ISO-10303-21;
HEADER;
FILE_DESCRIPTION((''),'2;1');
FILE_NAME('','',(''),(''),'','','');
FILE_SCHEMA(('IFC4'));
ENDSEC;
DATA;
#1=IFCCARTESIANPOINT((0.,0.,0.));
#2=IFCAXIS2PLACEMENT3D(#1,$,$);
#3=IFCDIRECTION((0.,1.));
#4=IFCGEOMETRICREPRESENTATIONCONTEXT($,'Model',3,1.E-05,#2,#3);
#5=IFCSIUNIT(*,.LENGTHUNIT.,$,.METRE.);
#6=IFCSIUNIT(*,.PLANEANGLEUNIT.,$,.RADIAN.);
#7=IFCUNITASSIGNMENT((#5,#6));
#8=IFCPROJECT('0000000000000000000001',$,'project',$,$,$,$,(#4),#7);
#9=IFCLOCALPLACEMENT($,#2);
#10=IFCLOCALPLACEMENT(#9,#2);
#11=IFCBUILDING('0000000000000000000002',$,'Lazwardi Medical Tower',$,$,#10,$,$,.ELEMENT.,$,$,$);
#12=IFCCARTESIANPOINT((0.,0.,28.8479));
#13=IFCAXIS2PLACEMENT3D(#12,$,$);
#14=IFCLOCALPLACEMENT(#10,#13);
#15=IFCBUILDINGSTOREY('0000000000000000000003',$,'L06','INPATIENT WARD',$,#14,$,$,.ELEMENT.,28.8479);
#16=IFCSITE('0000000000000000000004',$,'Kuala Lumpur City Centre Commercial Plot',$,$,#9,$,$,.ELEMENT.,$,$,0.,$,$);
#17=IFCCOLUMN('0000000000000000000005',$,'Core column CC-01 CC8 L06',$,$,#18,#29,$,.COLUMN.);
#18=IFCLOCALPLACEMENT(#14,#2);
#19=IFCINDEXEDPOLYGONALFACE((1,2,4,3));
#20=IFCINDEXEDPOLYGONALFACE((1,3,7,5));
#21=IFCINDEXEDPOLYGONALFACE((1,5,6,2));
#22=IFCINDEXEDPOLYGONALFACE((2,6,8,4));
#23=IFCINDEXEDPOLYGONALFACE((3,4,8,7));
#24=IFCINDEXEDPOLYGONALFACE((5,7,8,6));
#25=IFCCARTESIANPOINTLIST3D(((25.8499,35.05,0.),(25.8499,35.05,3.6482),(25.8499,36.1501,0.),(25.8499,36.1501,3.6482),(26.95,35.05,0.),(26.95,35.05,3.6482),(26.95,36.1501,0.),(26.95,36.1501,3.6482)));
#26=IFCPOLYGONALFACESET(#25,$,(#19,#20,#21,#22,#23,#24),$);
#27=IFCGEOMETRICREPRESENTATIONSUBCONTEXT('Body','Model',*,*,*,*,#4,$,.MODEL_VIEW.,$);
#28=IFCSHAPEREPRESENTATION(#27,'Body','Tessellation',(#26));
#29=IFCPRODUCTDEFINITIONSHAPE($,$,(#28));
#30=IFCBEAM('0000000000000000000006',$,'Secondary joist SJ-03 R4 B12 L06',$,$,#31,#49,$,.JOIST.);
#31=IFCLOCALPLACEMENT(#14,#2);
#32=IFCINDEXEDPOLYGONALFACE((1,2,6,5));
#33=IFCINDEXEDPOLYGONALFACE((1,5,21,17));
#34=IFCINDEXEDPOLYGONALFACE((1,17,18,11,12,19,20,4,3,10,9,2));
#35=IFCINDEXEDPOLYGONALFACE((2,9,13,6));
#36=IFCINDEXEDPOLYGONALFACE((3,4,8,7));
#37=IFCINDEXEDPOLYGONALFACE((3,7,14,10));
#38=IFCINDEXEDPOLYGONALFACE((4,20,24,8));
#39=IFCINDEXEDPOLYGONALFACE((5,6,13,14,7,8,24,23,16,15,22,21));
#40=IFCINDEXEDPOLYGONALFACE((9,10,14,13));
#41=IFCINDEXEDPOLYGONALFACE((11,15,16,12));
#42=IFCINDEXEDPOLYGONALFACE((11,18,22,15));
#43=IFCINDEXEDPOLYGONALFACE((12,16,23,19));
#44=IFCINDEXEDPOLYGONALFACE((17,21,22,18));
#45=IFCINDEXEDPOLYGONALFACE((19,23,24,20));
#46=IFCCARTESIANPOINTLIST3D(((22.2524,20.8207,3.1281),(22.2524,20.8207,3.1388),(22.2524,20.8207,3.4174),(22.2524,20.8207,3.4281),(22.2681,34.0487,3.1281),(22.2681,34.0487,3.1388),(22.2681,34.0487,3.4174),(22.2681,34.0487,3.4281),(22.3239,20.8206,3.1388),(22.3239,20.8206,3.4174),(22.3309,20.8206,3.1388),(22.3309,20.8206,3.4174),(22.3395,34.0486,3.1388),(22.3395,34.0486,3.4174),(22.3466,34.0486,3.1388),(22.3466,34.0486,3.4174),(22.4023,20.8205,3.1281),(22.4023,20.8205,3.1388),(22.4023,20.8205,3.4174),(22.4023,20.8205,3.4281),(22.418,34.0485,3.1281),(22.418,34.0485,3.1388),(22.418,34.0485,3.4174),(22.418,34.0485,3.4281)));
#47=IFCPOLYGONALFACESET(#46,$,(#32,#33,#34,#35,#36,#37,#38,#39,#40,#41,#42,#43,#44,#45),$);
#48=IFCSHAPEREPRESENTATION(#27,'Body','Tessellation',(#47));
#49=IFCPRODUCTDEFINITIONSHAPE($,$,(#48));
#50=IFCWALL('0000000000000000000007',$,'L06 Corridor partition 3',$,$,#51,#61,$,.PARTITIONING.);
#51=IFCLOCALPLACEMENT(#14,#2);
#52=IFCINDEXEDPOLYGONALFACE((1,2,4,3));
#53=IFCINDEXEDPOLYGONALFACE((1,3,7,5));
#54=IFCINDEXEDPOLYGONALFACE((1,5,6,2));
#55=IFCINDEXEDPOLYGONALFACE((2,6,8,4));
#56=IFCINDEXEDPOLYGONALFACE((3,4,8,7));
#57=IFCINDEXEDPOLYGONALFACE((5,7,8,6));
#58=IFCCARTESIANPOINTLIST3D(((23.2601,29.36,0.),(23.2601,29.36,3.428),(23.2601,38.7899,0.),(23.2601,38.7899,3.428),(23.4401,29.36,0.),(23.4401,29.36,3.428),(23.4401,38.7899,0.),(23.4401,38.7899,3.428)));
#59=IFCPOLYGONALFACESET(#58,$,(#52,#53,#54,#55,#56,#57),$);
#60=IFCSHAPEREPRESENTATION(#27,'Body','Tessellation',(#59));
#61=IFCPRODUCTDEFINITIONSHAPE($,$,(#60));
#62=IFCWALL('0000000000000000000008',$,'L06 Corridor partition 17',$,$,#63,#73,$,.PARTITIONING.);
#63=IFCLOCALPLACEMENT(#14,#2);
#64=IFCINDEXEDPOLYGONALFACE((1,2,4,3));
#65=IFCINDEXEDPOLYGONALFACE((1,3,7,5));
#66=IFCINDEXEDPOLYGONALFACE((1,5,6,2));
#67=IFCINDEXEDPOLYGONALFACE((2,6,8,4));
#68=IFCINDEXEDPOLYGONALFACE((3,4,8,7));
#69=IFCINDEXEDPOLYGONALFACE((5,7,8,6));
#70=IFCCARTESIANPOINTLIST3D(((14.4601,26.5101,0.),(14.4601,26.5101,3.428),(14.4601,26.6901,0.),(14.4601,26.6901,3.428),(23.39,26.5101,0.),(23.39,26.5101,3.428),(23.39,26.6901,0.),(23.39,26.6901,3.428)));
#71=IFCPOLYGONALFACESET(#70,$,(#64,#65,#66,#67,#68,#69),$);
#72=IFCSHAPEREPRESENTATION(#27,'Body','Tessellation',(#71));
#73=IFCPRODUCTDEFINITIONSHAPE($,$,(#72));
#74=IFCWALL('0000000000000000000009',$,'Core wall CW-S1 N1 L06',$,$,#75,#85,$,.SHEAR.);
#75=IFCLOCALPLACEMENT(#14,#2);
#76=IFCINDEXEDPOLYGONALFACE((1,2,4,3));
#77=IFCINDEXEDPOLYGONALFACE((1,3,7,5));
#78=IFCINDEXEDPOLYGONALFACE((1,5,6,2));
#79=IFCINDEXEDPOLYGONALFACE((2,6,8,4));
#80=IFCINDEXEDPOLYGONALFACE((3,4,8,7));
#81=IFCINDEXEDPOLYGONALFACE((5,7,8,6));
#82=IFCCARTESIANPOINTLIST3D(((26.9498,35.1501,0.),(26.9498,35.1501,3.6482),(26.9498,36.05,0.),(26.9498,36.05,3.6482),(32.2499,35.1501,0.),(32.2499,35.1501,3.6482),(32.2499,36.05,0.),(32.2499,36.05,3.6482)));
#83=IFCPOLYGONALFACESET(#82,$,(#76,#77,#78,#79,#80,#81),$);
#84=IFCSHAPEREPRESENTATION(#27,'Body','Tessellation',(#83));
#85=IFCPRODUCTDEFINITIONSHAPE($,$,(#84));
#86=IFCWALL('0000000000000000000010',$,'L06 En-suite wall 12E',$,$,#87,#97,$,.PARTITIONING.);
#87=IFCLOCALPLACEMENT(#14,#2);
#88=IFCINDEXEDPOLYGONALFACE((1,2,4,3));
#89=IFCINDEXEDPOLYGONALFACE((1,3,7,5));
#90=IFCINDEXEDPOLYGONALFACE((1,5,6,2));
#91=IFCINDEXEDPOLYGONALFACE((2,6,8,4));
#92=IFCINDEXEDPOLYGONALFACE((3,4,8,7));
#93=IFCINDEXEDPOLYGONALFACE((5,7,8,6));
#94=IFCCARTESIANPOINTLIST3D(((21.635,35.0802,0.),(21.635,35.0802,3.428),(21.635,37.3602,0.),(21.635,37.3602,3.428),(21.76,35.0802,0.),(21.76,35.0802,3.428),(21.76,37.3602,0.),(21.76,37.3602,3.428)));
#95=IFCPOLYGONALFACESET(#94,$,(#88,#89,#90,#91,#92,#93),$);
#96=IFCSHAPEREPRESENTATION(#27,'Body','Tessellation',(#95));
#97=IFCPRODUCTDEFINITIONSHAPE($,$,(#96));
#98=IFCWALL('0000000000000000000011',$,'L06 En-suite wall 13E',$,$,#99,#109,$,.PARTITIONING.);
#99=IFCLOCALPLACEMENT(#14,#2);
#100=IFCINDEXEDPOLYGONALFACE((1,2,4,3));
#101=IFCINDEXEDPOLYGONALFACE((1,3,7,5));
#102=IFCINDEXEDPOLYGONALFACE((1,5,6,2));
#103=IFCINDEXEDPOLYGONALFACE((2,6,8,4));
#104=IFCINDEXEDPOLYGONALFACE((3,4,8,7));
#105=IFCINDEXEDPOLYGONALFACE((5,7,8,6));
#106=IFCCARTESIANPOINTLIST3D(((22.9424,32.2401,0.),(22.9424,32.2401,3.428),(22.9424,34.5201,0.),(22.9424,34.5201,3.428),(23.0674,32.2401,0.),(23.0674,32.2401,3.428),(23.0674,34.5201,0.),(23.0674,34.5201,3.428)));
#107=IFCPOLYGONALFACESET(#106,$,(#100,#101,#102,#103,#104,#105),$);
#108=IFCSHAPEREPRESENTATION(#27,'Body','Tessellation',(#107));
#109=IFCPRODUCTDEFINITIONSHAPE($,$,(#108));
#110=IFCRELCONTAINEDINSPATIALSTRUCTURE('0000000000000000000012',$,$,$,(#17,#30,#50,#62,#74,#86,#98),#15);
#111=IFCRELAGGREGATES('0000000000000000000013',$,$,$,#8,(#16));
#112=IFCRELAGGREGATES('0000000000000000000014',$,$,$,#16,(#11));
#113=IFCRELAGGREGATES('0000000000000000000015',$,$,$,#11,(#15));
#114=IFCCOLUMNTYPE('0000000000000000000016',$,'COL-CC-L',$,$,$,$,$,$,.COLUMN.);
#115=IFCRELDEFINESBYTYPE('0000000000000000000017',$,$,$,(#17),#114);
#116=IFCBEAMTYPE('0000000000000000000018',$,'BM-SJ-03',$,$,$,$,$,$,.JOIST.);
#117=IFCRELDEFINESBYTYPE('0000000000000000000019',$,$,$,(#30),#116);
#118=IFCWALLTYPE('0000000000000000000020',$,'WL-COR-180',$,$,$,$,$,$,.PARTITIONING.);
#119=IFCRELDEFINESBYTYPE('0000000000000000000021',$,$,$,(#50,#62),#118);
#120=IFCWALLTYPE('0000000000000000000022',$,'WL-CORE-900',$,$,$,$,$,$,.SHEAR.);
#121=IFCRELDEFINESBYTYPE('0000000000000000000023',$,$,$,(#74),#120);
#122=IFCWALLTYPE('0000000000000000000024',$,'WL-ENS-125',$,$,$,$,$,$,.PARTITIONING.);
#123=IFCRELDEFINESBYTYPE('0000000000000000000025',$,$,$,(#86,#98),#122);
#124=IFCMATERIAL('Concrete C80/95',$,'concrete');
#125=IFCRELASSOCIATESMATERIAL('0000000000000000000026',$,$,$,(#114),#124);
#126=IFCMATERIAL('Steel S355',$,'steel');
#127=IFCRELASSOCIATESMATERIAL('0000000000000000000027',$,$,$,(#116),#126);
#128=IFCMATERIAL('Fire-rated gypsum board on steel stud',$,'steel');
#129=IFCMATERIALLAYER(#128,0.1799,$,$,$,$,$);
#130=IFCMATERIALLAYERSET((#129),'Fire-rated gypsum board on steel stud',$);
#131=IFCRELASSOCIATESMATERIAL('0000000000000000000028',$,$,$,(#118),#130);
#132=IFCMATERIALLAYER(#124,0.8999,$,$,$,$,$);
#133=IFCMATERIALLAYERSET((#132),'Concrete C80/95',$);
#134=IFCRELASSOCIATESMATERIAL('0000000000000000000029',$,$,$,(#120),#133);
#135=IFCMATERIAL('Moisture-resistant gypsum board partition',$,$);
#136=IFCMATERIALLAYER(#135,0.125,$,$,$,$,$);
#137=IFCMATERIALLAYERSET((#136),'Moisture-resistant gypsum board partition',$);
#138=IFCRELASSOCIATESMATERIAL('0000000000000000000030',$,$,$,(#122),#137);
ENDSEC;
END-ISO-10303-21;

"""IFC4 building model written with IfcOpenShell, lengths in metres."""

from ifc_helpers import new_model, si_unit, direction, frame, frame_2d, origin, origin_2d, place, context, subcontext, project, spatial, rectangle, i_section, extrude, material, layer, layer_set, material_profile, profile_set, type_object, element, save


model = new_model("IFC4")

# Units and contexts
model_context = context("Model", 3, precision=1e-05, world=origin(), true_north=direction((0.0, 1.0)))
body_context = subcontext(model_context, "Body", "Model", "MODEL_VIEW")
ifc_project = project(units=[si_unit("LENGTHUNIT", "METRE"), si_unit("PLANEANGLEUNIT", "RADIAN")], contexts=[model_context])

# Site, building, storey
site_placement = place(None, origin())
site = spatial("IfcSite", under=ifc_project, at=site_placement, Name="Kuala Lumpur City Centre Commercial Plot", CompositionType="ELEMENT", RefElevation=0.0)
building_placement = place(site_placement, origin())
building = spatial("IfcBuilding", under=site, at=building_placement, Name="Lazwardi Medical Tower", CompositionType="ELEMENT")
storey_placement = place(building_placement, frame((0.0, 0.0, 28.8479)))
storey = spatial("IfcBuildingStorey", under=building, at=storey_placement, Name="L06", Description="INPATIENT WARD", CompositionType="ELEMENT", Elevation=28.8479)

# Column
ifc_material_1 = material(Name="Concrete C80/95", Category="concrete")
ifc_material_profile_1 = material_profile(ifc_material_1, rectangle(XDim=1.1001, YDim=1.1001, at=origin_2d()), Name="RC 1100x1100")
ifc_profile_set_1 = profile_set([ifc_material_profile_1], Name="Concrete C80/95")
column_type = type_object("IfcColumnType", Name="COL-CC-L", PredefinedType="COLUMN", material=ifc_profile_set_1)
column_placement = place(storey_placement, frame((26.3999, 35.6001, 0.0), z_axis=(0.0, 0.0, 1.0), x_axis=(1.0, 0.0, 0.0)))
element("IfcColumn", 1, at=column_placement, inside=storey, type_object=column_type, Name="Core column CC-01 CC8 L06", PredefinedType="COLUMN", context=body_context, shape_type="SweptSolid", body=[
    extrude(rectangle(XDim=1.1001, YDim=1.1001, at=origin_2d()), origin(), (0.0, 0.0, 1.0), 3.6482),
])

# Beam
ifc_material_2 = material(Name="Steel S355", Category="steel")
ifc_material_profile_2 = material_profile(ifc_material_2, i_section(OverallWidth=0.1499, OverallDepth=0.3, WebThickness=0.0071, FlangeThickness=0.0107, at=origin_2d()), Name="IPE 300")
ifc_profile_set_2 = profile_set([ifc_material_profile_2], Name="Steel S355")
beam_type = type_object("IfcBeamType", Name="BM-SJ-03", PredefinedType="JOIST", material=ifc_profile_set_2)
beam_placement = place(storey_placement, frame((22.343, 34.0486, 3.2781), z_axis=(-0.001181, -0.999999, 0.0), x_axis=(0.999999, -0.001181, 0.0)))
element("IfcBeam", 2, at=beam_placement, inside=storey, type_object=beam_type, Name="Secondary joist SJ-03 R4 B12 L06", PredefinedType="JOIST", context=body_context, shape_type="SweptSolid", body=[
    extrude(i_section(OverallWidth=0.1499, OverallDepth=0.3, WebThickness=0.0071, FlangeThickness=0.0107, at=origin_2d()), origin(), (0.0, 0.0, 1.0), 13.228),
])

# Walls
ifc_material_3 = material(Name="Fire-rated gypsum board on steel stud", Category="steel")
ifc_layer_1 = layer(ifc_material_3, 0.1799)
ifc_layer_set_1 = layer_set([ifc_layer_1], Name="Fire-rated gypsum board on steel stud")
wall_type_1 = type_object("IfcWallType", Name="WL-COR-180", PredefinedType="PARTITIONING", material=ifc_layer_set_1)
wall_1_placement = place(storey_placement, frame((23.3501, 29.3601, 0.0), z_axis=(0.0, 0.0, 1.0), x_axis=(0.0, 1.0, 0.0)))
element("IfcWall", 3, at=wall_1_placement, inside=storey, type_object=wall_type_1, Name="L06 Corridor partition 3", PredefinedType="PARTITIONING", context=body_context, shape_type="SweptSolid", body=[
    extrude(rectangle(XDim=9.4299, YDim=0.1799, at=frame_2d((4.7148, 0.0))), origin(), (0.0, 0.0, 1.0), 3.428),
])
wall_2_placement = place(storey_placement, frame((23.3899, 26.6001, 0.0), z_axis=(0.0, 0.0, 1.0), x_axis=(-1.0, 0.0, 0.0)))
element("IfcWall", 4, at=wall_2_placement, inside=storey, type_object=wall_type_1, Name="L06 Corridor partition 17", PredefinedType="PARTITIONING", context=body_context, shape_type="SweptSolid", body=[
    extrude(rectangle(XDim=8.9299, YDim=0.1799, at=frame_2d((4.4648, 0.0))), origin(), (0.0, 0.0, 1.0), 3.428),
])
ifc_layer_2 = layer(ifc_material_1, 0.8999)
ifc_layer_set_2 = layer_set([ifc_layer_2], Name="Concrete C80/95")
wall_type_2 = type_object("IfcWallType", Name="WL-CORE-900", PredefinedType="SHEAR", material=ifc_layer_set_2)
wall_3_placement = place(storey_placement, frame((26.95, 35.6001, 0.0), z_axis=(0.0, 0.0, 1.0), x_axis=(1.0, 0.0, 0.0)))
element("IfcWall", 5, at=wall_3_placement, inside=storey, type_object=wall_type_2, Name="Core wall CW-S1 N1 L06", PredefinedType="SHEAR", context=body_context, shape_type="SweptSolid", body=[
    extrude(rectangle(XDim=5.3, YDim=0.8999, at=frame_2d((2.6499, 0.0))), origin(), (0.0, 0.0, 1.0), 3.6482),
])
ifc_material_4 = material(Name="Moisture-resistant gypsum board partition")
ifc_layer_3 = layer(ifc_material_4, 0.125)
ifc_layer_set_3 = layer_set([ifc_layer_3], Name="Moisture-resistant gypsum board partition")
wall_type_3 = type_object("IfcWallType", Name="WL-ENS-125", PredefinedType="PARTITIONING", material=ifc_layer_set_3)
for number, where, z_axis, x_axis, name in (
    (6, (21.6975, 35.0801, 0.0), (0.0, 0.0, 1.0), (0.0, 1.0, 0.0), "L06 En-suite wall 12E"),
    (7, (23.0049, 32.24, 0.0), (0.0, 0.0, 1.0), (0.0, 1.0, 0.0), "L06 En-suite wall 13E"),
):
    element("IfcWall", number, at=place(storey_placement, frame(where, z_axis=z_axis, x_axis=x_axis)), inside=storey, type_object=wall_type_3, Name=name, PredefinedType="PARTITIONING", context=body_context, shape_type="SweptSolid", body=[
        extrude(rectangle(XDim=2.28, YDim=0.125, at=frame_2d((1.1401, 0.0))), origin(), (0.0, 0.0, 1.0), 3.428),
    ])

save(model, "model.ifc")
